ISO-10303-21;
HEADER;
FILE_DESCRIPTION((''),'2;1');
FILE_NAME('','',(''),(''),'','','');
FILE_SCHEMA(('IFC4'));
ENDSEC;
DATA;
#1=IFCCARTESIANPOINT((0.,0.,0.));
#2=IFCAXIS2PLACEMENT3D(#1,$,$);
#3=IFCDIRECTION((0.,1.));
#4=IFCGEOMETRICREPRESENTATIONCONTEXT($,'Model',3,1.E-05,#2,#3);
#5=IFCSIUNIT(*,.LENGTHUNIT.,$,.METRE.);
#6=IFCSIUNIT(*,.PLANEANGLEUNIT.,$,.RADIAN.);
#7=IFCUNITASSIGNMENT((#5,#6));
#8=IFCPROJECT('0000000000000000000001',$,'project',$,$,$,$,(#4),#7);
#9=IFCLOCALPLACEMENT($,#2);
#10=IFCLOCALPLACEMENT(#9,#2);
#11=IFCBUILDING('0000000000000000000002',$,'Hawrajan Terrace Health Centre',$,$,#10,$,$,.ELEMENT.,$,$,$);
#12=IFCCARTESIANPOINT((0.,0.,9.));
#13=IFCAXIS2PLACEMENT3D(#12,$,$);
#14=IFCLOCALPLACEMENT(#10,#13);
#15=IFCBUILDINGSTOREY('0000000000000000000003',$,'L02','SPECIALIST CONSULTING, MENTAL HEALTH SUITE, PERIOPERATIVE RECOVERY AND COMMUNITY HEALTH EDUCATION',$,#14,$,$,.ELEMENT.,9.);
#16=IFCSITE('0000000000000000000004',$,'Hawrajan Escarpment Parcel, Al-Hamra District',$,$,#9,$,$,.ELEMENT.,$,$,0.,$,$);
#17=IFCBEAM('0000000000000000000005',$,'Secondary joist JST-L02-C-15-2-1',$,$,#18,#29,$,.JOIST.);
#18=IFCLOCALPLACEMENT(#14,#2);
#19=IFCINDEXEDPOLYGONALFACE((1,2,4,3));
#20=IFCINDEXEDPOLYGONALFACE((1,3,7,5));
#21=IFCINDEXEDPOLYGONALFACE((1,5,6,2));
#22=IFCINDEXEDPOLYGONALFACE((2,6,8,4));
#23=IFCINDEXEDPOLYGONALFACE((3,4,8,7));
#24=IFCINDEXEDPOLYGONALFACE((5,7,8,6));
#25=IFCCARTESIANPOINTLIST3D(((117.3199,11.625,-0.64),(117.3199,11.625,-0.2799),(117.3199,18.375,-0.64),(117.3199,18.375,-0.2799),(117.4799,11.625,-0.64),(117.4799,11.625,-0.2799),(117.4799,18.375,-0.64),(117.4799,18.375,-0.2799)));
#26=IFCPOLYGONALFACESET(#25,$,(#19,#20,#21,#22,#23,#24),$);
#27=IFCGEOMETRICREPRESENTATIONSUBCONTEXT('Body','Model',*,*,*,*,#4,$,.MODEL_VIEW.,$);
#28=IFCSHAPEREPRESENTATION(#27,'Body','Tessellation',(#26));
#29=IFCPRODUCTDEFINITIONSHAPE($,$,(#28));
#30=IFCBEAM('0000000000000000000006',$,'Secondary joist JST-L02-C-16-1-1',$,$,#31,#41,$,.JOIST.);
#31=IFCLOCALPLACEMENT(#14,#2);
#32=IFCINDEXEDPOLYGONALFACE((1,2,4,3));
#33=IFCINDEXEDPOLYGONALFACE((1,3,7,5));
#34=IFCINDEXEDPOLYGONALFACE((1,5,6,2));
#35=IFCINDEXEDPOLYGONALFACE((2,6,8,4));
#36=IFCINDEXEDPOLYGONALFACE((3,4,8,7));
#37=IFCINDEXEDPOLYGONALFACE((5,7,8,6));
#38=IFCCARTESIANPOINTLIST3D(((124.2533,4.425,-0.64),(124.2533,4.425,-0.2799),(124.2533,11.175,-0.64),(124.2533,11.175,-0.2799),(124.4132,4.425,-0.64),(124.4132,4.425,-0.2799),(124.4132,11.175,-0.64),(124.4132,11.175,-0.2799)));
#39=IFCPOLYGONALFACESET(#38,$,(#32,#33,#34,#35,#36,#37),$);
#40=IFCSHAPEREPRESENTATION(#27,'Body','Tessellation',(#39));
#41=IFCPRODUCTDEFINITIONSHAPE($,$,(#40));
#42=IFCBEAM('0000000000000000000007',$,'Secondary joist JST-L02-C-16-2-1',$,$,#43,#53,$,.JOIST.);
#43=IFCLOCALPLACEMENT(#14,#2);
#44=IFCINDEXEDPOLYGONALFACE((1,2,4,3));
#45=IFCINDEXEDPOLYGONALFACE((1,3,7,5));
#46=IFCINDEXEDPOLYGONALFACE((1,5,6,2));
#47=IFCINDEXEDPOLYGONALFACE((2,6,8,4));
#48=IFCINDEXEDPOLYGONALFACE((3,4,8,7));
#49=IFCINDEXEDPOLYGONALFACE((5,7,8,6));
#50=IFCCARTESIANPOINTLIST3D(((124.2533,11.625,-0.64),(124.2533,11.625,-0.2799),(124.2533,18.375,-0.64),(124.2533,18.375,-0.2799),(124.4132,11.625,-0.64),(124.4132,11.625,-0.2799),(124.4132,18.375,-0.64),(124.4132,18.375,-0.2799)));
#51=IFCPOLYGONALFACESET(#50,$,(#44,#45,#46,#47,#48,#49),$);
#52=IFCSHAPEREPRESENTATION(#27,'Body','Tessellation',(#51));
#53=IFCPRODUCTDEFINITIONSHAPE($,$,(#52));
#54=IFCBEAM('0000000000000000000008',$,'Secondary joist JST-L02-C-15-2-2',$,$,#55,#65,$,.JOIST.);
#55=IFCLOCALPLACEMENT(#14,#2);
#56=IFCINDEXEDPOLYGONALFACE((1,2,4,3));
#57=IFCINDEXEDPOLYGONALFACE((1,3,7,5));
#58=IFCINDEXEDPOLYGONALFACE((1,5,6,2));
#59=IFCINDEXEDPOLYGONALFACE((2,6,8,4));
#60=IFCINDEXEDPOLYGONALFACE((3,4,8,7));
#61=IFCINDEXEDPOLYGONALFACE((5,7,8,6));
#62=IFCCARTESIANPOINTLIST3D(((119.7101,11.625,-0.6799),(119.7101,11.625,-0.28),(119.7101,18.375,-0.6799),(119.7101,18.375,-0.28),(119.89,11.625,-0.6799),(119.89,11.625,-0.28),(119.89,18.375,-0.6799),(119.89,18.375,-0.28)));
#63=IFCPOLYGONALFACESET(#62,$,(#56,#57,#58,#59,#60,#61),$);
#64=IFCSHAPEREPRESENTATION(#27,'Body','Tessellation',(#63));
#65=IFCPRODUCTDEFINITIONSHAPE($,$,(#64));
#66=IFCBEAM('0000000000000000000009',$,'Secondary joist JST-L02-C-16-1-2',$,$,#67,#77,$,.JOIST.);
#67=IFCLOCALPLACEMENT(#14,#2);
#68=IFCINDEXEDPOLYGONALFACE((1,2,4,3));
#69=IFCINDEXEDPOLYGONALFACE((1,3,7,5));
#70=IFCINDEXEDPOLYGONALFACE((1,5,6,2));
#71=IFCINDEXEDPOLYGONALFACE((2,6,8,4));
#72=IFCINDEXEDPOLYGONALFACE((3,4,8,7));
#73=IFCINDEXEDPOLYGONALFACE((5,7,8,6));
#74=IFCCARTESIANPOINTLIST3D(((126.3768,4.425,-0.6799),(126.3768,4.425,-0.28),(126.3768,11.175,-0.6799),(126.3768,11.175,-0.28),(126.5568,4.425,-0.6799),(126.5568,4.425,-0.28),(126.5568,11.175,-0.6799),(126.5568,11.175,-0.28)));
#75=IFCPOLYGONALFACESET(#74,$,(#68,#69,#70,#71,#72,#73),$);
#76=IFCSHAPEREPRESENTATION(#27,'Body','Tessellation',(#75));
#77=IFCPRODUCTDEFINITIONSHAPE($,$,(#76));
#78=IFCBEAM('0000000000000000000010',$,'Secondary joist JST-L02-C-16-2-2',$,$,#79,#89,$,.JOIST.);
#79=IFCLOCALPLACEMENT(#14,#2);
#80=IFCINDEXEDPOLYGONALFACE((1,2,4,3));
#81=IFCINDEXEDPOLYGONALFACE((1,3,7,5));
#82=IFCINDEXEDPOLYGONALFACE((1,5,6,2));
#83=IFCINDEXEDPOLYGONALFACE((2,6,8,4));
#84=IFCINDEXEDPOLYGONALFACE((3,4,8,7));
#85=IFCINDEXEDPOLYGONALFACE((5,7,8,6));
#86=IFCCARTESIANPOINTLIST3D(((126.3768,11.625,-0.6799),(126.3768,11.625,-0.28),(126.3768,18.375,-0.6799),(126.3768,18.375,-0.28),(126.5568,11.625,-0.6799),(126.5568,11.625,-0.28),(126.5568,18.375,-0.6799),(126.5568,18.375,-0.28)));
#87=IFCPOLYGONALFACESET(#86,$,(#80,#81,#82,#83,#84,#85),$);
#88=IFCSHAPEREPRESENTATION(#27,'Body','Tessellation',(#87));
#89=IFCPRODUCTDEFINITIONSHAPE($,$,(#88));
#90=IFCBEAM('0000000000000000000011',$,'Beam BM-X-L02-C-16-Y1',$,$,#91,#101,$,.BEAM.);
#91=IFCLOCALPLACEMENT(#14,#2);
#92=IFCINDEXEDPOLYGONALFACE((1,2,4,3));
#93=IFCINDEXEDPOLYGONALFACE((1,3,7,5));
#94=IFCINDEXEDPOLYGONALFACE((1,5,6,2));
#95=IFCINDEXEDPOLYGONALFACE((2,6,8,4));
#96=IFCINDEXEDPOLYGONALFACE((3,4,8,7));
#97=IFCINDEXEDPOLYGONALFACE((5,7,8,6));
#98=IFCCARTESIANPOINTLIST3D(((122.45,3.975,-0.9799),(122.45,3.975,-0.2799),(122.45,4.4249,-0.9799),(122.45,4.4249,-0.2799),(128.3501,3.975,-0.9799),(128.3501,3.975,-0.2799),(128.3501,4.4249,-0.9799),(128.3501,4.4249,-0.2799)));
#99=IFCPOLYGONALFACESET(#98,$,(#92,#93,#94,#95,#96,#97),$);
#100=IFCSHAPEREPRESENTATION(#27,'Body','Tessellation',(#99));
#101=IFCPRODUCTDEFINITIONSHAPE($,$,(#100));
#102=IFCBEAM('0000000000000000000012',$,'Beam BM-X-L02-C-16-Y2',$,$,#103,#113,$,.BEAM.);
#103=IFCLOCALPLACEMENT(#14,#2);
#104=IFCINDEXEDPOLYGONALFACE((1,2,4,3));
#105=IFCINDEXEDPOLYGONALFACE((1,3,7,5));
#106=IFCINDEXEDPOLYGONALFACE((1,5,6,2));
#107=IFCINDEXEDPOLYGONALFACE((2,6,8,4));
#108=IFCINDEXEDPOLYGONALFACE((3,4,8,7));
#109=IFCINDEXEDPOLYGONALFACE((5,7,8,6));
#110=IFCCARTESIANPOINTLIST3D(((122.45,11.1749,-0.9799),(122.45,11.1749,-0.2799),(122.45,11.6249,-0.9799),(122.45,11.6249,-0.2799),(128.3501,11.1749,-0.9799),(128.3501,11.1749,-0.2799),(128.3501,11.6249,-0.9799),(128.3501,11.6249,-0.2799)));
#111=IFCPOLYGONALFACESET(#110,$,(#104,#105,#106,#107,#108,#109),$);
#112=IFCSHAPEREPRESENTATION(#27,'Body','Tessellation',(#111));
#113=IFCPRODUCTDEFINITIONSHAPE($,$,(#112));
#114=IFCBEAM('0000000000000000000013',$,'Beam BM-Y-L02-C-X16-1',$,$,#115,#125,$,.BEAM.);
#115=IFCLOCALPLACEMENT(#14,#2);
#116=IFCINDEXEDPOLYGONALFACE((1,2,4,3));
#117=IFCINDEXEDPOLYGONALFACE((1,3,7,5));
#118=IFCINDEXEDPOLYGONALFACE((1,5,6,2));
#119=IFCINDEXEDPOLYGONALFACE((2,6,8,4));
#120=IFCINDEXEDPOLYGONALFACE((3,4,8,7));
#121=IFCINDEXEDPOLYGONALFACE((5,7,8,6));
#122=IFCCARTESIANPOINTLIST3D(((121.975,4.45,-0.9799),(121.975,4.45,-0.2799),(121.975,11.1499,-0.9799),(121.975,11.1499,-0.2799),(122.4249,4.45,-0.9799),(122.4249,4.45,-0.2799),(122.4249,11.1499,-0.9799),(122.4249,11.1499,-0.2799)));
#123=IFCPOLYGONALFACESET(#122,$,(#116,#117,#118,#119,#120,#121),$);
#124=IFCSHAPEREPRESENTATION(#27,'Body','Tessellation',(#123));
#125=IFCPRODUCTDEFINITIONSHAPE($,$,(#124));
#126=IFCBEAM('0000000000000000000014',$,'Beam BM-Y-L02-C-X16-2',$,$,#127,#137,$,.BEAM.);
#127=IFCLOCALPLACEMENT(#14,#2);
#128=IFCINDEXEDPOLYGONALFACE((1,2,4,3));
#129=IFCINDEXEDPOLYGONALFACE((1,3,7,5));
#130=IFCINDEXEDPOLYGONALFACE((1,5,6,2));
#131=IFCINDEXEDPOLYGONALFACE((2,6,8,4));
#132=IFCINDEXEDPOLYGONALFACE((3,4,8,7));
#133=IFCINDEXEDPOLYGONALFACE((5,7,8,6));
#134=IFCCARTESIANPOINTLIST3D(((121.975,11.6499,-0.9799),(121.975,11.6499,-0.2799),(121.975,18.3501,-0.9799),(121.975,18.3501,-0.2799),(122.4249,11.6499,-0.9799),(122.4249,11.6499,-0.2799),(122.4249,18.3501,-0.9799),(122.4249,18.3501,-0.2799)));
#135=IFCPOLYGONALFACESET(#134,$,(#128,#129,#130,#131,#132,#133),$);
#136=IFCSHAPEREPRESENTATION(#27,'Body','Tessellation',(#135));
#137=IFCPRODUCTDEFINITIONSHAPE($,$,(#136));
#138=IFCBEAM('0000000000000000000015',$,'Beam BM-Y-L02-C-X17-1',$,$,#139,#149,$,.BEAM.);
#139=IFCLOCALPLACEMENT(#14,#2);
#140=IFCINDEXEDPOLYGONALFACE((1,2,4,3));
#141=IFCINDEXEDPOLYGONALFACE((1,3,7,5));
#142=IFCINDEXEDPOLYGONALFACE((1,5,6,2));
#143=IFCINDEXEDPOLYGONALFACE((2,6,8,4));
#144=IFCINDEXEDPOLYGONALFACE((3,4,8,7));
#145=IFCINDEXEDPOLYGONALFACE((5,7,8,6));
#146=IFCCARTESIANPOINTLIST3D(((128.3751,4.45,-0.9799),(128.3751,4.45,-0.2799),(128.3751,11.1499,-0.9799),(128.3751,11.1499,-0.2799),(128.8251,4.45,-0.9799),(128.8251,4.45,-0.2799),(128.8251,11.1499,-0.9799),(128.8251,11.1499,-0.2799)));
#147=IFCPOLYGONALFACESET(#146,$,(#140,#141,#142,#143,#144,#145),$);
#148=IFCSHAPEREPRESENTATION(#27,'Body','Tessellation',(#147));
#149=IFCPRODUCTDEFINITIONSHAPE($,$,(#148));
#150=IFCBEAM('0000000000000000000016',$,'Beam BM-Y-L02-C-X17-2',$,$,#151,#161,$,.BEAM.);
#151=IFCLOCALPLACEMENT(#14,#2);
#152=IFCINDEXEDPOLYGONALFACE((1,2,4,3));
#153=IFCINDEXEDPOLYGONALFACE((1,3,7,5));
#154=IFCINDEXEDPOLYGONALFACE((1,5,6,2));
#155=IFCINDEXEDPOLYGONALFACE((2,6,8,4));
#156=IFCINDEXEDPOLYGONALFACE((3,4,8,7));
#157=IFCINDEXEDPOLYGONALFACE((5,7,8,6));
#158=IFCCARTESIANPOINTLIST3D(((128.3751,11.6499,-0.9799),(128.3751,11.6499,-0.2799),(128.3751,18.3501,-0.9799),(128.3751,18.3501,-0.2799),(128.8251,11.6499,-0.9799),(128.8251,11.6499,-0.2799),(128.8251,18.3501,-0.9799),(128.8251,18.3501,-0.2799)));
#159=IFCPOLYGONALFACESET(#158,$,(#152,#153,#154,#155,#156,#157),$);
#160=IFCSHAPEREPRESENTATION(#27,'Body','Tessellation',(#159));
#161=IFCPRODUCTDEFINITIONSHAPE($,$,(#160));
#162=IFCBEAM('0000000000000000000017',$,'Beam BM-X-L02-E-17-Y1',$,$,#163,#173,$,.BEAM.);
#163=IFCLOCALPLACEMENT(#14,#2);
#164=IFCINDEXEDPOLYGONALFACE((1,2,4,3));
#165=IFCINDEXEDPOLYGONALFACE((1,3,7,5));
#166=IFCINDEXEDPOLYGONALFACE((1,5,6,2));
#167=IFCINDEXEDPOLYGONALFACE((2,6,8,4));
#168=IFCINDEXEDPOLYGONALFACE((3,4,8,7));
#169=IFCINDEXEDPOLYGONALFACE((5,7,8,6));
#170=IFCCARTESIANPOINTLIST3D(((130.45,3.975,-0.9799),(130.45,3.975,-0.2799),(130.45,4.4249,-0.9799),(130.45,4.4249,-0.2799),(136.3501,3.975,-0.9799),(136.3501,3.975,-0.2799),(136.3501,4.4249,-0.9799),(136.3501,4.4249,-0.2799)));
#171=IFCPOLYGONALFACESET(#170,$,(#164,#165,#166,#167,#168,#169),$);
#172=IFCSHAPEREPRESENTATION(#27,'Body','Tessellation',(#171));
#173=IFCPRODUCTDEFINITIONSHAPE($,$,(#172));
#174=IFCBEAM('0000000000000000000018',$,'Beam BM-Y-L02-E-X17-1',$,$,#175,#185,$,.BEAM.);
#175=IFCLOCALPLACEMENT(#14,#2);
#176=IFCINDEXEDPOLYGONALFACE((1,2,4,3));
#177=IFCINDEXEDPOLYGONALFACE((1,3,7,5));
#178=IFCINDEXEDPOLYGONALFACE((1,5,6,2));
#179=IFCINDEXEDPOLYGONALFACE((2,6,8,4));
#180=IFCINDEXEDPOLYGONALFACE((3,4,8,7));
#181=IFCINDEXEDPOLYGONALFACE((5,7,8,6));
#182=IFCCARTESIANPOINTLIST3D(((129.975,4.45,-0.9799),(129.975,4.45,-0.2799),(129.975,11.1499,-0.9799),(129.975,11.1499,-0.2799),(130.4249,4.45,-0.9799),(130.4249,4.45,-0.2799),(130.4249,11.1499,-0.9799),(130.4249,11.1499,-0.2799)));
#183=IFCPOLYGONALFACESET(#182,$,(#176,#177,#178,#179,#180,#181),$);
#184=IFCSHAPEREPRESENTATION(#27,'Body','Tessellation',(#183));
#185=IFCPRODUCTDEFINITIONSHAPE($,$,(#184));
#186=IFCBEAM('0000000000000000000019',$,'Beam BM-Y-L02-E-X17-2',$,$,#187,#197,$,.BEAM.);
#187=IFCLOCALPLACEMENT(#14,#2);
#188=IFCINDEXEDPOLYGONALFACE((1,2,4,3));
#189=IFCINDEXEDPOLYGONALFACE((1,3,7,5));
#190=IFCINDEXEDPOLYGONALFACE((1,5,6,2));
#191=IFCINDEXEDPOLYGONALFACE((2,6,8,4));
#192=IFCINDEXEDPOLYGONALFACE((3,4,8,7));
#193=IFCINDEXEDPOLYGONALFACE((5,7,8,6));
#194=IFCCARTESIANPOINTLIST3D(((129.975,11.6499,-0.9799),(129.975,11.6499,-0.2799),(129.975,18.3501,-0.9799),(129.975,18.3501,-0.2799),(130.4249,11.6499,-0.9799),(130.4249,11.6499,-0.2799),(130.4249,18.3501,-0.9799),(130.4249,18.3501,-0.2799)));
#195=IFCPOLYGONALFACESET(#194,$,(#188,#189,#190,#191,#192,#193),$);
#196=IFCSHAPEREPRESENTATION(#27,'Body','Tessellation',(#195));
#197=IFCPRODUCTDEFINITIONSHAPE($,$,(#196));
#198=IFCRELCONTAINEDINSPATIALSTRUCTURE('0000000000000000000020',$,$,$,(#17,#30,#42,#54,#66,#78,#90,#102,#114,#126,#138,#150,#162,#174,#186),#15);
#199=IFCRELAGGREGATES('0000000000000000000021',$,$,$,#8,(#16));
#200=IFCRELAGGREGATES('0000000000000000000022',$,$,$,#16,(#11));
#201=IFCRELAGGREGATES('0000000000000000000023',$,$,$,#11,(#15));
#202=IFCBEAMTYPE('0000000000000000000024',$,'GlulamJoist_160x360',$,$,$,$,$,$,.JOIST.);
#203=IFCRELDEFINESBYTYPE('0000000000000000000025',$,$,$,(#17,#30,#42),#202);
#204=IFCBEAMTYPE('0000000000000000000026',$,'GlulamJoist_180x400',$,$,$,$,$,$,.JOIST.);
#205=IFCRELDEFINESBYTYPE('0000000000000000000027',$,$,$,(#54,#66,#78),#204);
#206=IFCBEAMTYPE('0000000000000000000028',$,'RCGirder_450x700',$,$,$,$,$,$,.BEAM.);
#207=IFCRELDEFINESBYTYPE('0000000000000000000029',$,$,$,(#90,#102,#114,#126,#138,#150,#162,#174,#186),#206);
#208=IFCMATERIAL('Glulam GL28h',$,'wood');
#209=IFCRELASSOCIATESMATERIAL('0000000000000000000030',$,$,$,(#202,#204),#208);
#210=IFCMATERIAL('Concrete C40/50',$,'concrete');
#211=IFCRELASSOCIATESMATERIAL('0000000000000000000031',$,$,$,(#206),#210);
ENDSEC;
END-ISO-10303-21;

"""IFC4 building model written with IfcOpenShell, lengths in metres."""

from ifc_helpers import new_model, si_unit, direction, frame, origin, origin_2d, place, context, subcontext, project, spatial, rectangle, extrude, material, material_profile, profile_set, type_object, element, save


model = new_model("IFC4")

# Units and contexts
model_context = context("Model", 3, precision=1e-05, world=origin(), true_north=direction((0.0, 1.0)))
body_context = subcontext(model_context, "Body", "Model", "MODEL_VIEW")
ifc_project = project(units=[si_unit("LENGTHUNIT", "METRE"), si_unit("PLANEANGLEUNIT", "RADIAN")], contexts=[model_context])

# Site, building, storey
site_placement = place(None, origin())
site = spatial("IfcSite", under=ifc_project, at=site_placement, Name="Hawrajan Escarpment Parcel, Al-Hamra District", CompositionType="ELEMENT", RefElevation=0.0)
building_placement = place(site_placement, origin())
building = spatial("IfcBuilding", under=site, at=building_placement, Name="Hawrajan Terrace Health Centre", CompositionType="ELEMENT")
storey_placement = place(building_placement, frame((0.0, 0.0, 9.0)))
storey = spatial("IfcBuildingStorey", under=building, at=storey_placement, Name="L02", Description="SPECIALIST CONSULTING, MENTAL HEALTH SUITE, PERIOPERATIVE RECOVERY AND COMMUNITY HEALTH EDUCATION", CompositionType="ELEMENT", Elevation=9.0)

# Beams
ifc_material_1 = material(Name="Glulam GL28h", Category="wood")
ifc_material_profile_1 = material_profile(ifc_material_1, rectangle(XDim=0.1599, YDim=0.3601, at=origin_2d()), Name="GL JST 160x360")
ifc_profile_set_1 = profile_set([ifc_material_profile_1], Name="Glulam GL28h")
beam_type_1 = type_object("IfcBeamType", Name="GlulamJoist_160x360", PredefinedType="JOIST", material=ifc_profile_set_1)
for number, where, z_axis, x_axis, name in (
    (1, (117.3999, 11.625, -0.46), (0.0, 1.0, 0.0), (-1.0, 0.0, 0.0), "Secondary joist JST-L02-C-15-2-1"),
    (2, (124.3333, 4.425, -0.46), (0.0, 1.0, 0.0), (-1.0, 0.0, 0.0), "Secondary joist JST-L02-C-16-1-1"),
    (3, (124.3333, 11.625, -0.46), (0.0, 1.0, 0.0), (-1.0, 0.0, 0.0), "Secondary joist JST-L02-C-16-2-1"),
):
    element("IfcBeam", number, at=place(storey_placement, frame(where, z_axis=z_axis, x_axis=x_axis)), inside=storey, type_object=beam_type_1, Name=name, PredefinedType="JOIST", context=body_context, shape_type="SweptSolid", body=[
        extrude(rectangle(XDim=0.1599, YDim=0.3601, at=origin_2d()), origin(), (0.0, 0.0, 1.0), 6.75),
    ])
ifc_material_profile_2 = material_profile(ifc_material_1, rectangle(XDim=0.1799, YDim=0.3999, at=origin_2d()), Name="GL JST 180x400")
ifc_profile_set_2 = profile_set([ifc_material_profile_2], Name="Glulam GL28h")
beam_type_2 = type_object("IfcBeamType", Name="GlulamJoist_180x400", PredefinedType="JOIST", material=ifc_profile_set_2)
for number, where, z_axis, x_axis, name in (
    (4, (119.8, 11.625, -0.48), (0.0, 1.0, 0.0), (-1.0, 0.0, 0.0), "Secondary joist JST-L02-C-15-2-2"),
    (5, (126.4668, 4.425, -0.48), (0.0, 1.0, 0.0), (-1.0, 0.0, 0.0), "Secondary joist JST-L02-C-16-1-2"),
    (6, (126.4668, 11.625, -0.48), (0.0, 1.0, 0.0), (-1.0, 0.0, 0.0), "Secondary joist JST-L02-C-16-2-2"),
):
    element("IfcBeam", number, at=place(storey_placement, frame(where, z_axis=z_axis, x_axis=x_axis)), inside=storey, type_object=beam_type_2, Name=name, PredefinedType="JOIST", context=body_context, shape_type="SweptSolid", body=[
        extrude(rectangle(XDim=0.1799, YDim=0.3999, at=origin_2d()), origin(), (0.0, 0.0, 1.0), 6.75),
    ])
ifc_material_2 = material(Name="Concrete C40/50", Category="concrete")
ifc_material_profile_3 = material_profile(ifc_material_2, rectangle(XDim=0.45, YDim=0.7, at=origin_2d()), Name="RC BM 450x700")
ifc_profile_set_3 = profile_set([ifc_material_profile_3], Name="Concrete C40/50")
beam_type_3 = type_object("IfcBeamType", Name="RCGirder_450x700", PredefinedType="BEAM", material=ifc_profile_set_3)
for number, where, z_axis, x_axis, name in (
    (7, (122.45, 4.2, -0.6299), (1.0, 0.0, 0.0), (0.0, 1.0, 0.0), "Beam BM-X-L02-C-16-Y1"),
    (8, (122.45, 11.3999, -0.6299), (1.0, 0.0, 0.0), (0.0, 1.0, 0.0), "Beam BM-X-L02-C-16-Y2"),
):
    element("IfcBeam", number, at=place(storey_placement, frame(where, z_axis=z_axis, x_axis=x_axis)), inside=storey, type_object=beam_type_3, Name=name, PredefinedType="BEAM", context=body_context, shape_type="SweptSolid", body=[
        extrude(rectangle(XDim=0.45, YDim=0.7, at=origin_2d()), origin(), (0.0, 0.0, 1.0), 5.9001),
    ])
beam_1_placement = place(storey_placement, frame((122.2, 4.45, -0.6299), z_axis=(0.0, 1.0, 0.0), x_axis=(-1.0, 0.0, 0.0)))
element("IfcBeam", 9, at=beam_1_placement, inside=storey, type_object=beam_type_3, Name="Beam BM-Y-L02-C-X16-1", PredefinedType="BEAM", context=body_context, shape_type="SweptSolid", body=[
    extrude(rectangle(XDim=0.45, YDim=0.7, at=origin_2d()), origin(), (0.0, 0.0, 1.0), 6.7),
])
beam_2_placement = place(storey_placement, frame((122.2, 11.6499, -0.6299), z_axis=(0.0, 1.0, 0.0), x_axis=(-1.0, 0.0, 0.0)))
element("IfcBeam", 10, at=beam_2_placement, inside=storey, type_object=beam_type_3, Name="Beam BM-Y-L02-C-X16-2", PredefinedType="BEAM", context=body_context, shape_type="SweptSolid", body=[
    extrude(rectangle(XDim=0.45, YDim=0.7, at=origin_2d()), origin(), (0.0, 0.0, 1.0), 6.7002),
])
beam_3_placement = place(storey_placement, frame((128.6001, 4.45, -0.6299), z_axis=(0.0, 1.0, 0.0), x_axis=(-1.0, 0.0, 0.0)))
element("IfcBeam", 11, at=beam_3_placement, inside=storey, type_object=beam_type_3, Name="Beam BM-Y-L02-C-X17-1", PredefinedType="BEAM", context=body_context, shape_type="SweptSolid", body=[
    extrude(rectangle(XDim=0.45, YDim=0.7, at=origin_2d()), origin(), (0.0, 0.0, 1.0), 6.7),
])
beam_4_placement = place(storey_placement, frame((128.6001, 11.6499, -0.6299), z_axis=(0.0, 1.0, 0.0), x_axis=(-1.0, 0.0, 0.0)))
element("IfcBeam", 12, at=beam_4_placement, inside=storey, type_object=beam_type_3, Name="Beam BM-Y-L02-C-X17-2", PredefinedType="BEAM", context=body_context, shape_type="SweptSolid", body=[
    extrude(rectangle(XDim=0.45, YDim=0.7, at=origin_2d()), origin(), (0.0, 0.0, 1.0), 6.7002),
])
beam_5_placement = place(storey_placement, frame((130.45, 4.2, -0.6299), z_axis=(1.0, 0.0, 0.0), x_axis=(0.0, 1.0, 0.0)))
element("IfcBeam", 13, at=beam_5_placement, inside=storey, type_object=beam_type_3, Name="Beam BM-X-L02-E-17-Y1", PredefinedType="BEAM", context=body_context, shape_type="SweptSolid", body=[
    extrude(rectangle(XDim=0.45, YDim=0.7, at=origin_2d()), origin(), (0.0, 0.0, 1.0), 5.9001),
])
beam_6_placement = place(storey_placement, frame((130.2, 4.45, -0.6299), z_axis=(0.0, 1.0, 0.0), x_axis=(-1.0, 0.0, 0.0)))
element("IfcBeam", 14, at=beam_6_placement, inside=storey, type_object=beam_type_3, Name="Beam BM-Y-L02-E-X17-1", PredefinedType="BEAM", context=body_context, shape_type="SweptSolid", body=[
    extrude(rectangle(XDim=0.45, YDim=0.7, at=origin_2d()), origin(), (0.0, 0.0, 1.0), 6.7),
])
beam_7_placement = place(storey_placement, frame((130.2, 11.6499, -0.6299), z_axis=(0.0, 1.0, 0.0), x_axis=(-1.0, 0.0, 0.0)))
element("IfcBeam", 15, at=beam_7_placement, inside=storey, type_object=beam_type_3, Name="Beam BM-Y-L02-E-X17-2", PredefinedType="BEAM", context=body_context, shape_type="SweptSolid", body=[
    extrude(rectangle(XDim=0.45, YDim=0.7, at=origin_2d()), origin(), (0.0, 0.0, 1.0), 6.7002),
])

save(model, "model.ifc")
